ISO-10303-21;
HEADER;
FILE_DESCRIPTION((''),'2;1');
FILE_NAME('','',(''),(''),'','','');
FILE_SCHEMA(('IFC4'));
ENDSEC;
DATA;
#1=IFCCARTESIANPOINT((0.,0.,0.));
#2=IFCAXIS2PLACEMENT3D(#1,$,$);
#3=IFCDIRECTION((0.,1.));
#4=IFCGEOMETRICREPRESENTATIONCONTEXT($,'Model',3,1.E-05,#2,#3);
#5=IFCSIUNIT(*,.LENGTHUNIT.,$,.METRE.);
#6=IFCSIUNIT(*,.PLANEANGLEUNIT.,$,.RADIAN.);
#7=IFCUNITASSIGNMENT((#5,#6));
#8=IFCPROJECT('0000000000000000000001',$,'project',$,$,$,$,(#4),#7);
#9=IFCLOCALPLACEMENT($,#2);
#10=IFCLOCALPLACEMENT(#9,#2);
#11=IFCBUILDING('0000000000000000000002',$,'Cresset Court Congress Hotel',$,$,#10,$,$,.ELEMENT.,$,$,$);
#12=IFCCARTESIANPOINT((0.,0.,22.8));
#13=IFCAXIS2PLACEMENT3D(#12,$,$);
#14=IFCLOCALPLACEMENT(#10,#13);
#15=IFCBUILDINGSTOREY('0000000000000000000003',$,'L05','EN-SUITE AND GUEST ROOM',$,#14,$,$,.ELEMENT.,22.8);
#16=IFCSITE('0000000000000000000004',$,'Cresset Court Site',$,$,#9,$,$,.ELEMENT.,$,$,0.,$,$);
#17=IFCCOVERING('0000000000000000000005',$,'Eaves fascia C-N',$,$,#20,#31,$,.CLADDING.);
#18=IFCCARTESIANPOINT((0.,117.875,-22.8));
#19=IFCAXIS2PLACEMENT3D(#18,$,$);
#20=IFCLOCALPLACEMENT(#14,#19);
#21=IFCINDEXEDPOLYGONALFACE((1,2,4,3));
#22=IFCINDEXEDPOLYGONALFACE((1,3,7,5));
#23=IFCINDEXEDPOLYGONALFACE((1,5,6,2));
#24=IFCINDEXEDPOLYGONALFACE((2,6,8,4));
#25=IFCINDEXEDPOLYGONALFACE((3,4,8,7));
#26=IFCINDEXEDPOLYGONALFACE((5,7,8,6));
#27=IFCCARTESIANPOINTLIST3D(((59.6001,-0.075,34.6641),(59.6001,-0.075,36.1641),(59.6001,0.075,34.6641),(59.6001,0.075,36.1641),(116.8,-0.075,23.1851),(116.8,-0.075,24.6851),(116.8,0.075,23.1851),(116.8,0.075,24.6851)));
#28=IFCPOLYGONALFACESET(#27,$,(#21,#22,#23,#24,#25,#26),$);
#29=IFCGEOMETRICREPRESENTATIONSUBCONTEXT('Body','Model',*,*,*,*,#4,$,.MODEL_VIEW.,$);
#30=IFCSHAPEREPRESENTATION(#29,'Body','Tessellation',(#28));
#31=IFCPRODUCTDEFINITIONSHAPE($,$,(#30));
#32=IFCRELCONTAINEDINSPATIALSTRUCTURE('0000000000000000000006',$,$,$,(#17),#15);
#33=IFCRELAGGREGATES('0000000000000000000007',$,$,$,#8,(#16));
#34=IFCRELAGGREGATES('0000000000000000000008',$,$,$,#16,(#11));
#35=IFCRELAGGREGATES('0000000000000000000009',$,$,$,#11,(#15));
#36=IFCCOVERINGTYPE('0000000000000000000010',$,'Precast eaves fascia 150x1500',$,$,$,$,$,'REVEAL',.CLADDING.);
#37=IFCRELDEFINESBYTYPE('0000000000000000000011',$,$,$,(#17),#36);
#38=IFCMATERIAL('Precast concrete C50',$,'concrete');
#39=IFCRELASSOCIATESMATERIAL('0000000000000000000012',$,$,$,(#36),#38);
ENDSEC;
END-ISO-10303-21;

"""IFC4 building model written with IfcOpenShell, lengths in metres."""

from ifc_helpers import new_model, si_unit, direction, frame, origin, place, context, subcontext, project, spatial, polyline, outline, extrude, material, type_object, element, save


model = new_model("IFC4")

# Units and contexts
model_context = context("Model", 3, precision=1e-05, world=origin(), true_north=direction((0.0, 1.0)))
body_context = subcontext(model_context, "Body", "Model", "MODEL_VIEW")
ifc_project = project(units=[si_unit("LENGTHUNIT", "METRE"), si_unit("PLANEANGLEUNIT", "RADIAN")], contexts=[model_context])

# Site, building, storey
site_placement = place(None, origin())
site = spatial("IfcSite", under=ifc_project, at=site_placement, Name="Cresset Court Site", CompositionType="ELEMENT", RefElevation=0.0)
building_placement = place(site_placement, origin())
building = spatial("IfcBuilding", under=site, at=building_placement, Name="Cresset Court Congress Hotel", CompositionType="ELEMENT")
storey_placement = place(building_placement, frame((0.0, 0.0, 22.8)))
storey = spatial("IfcBuildingStorey", under=building, at=storey_placement, Name="L05", Description="EN-SUITE AND GUEST ROOM", CompositionType="ELEMENT", Elevation=22.8)

# Covering
ifc_material_1 = material(Name="Precast concrete C50", Category="concrete")
covering_type_1 = type_object("IfcCoveringType", Name="Precast eaves fascia 150x1500", ElementType="REVEAL", PredefinedType="CLADDING", material=ifc_material_1)
covering_1_placement = place(storey_placement, frame((0.0, 117.875, -22.8)))
element("IfcCovering", 1, at=covering_1_placement, inside=storey, type_object=covering_type_1, Name="Eaves fascia C-N", PredefinedType="CLADDING", context=body_context, shape_type="SweptSolid", body=[
    extrude(outline(polyline([(116.8, 24.6851), (59.6001, 36.1641), (59.6001, 34.6641), (116.8, 23.1851), (116.8, 24.6851)])), frame((0.0, 0.075, 0.0), z_axis=(0.0, -1.0, 0.0), x_axis=(1.0, 0.0, 0.0)), (0.0, 0.0, 1.0), 0.1499),
])

save(model, "model.ifc")
